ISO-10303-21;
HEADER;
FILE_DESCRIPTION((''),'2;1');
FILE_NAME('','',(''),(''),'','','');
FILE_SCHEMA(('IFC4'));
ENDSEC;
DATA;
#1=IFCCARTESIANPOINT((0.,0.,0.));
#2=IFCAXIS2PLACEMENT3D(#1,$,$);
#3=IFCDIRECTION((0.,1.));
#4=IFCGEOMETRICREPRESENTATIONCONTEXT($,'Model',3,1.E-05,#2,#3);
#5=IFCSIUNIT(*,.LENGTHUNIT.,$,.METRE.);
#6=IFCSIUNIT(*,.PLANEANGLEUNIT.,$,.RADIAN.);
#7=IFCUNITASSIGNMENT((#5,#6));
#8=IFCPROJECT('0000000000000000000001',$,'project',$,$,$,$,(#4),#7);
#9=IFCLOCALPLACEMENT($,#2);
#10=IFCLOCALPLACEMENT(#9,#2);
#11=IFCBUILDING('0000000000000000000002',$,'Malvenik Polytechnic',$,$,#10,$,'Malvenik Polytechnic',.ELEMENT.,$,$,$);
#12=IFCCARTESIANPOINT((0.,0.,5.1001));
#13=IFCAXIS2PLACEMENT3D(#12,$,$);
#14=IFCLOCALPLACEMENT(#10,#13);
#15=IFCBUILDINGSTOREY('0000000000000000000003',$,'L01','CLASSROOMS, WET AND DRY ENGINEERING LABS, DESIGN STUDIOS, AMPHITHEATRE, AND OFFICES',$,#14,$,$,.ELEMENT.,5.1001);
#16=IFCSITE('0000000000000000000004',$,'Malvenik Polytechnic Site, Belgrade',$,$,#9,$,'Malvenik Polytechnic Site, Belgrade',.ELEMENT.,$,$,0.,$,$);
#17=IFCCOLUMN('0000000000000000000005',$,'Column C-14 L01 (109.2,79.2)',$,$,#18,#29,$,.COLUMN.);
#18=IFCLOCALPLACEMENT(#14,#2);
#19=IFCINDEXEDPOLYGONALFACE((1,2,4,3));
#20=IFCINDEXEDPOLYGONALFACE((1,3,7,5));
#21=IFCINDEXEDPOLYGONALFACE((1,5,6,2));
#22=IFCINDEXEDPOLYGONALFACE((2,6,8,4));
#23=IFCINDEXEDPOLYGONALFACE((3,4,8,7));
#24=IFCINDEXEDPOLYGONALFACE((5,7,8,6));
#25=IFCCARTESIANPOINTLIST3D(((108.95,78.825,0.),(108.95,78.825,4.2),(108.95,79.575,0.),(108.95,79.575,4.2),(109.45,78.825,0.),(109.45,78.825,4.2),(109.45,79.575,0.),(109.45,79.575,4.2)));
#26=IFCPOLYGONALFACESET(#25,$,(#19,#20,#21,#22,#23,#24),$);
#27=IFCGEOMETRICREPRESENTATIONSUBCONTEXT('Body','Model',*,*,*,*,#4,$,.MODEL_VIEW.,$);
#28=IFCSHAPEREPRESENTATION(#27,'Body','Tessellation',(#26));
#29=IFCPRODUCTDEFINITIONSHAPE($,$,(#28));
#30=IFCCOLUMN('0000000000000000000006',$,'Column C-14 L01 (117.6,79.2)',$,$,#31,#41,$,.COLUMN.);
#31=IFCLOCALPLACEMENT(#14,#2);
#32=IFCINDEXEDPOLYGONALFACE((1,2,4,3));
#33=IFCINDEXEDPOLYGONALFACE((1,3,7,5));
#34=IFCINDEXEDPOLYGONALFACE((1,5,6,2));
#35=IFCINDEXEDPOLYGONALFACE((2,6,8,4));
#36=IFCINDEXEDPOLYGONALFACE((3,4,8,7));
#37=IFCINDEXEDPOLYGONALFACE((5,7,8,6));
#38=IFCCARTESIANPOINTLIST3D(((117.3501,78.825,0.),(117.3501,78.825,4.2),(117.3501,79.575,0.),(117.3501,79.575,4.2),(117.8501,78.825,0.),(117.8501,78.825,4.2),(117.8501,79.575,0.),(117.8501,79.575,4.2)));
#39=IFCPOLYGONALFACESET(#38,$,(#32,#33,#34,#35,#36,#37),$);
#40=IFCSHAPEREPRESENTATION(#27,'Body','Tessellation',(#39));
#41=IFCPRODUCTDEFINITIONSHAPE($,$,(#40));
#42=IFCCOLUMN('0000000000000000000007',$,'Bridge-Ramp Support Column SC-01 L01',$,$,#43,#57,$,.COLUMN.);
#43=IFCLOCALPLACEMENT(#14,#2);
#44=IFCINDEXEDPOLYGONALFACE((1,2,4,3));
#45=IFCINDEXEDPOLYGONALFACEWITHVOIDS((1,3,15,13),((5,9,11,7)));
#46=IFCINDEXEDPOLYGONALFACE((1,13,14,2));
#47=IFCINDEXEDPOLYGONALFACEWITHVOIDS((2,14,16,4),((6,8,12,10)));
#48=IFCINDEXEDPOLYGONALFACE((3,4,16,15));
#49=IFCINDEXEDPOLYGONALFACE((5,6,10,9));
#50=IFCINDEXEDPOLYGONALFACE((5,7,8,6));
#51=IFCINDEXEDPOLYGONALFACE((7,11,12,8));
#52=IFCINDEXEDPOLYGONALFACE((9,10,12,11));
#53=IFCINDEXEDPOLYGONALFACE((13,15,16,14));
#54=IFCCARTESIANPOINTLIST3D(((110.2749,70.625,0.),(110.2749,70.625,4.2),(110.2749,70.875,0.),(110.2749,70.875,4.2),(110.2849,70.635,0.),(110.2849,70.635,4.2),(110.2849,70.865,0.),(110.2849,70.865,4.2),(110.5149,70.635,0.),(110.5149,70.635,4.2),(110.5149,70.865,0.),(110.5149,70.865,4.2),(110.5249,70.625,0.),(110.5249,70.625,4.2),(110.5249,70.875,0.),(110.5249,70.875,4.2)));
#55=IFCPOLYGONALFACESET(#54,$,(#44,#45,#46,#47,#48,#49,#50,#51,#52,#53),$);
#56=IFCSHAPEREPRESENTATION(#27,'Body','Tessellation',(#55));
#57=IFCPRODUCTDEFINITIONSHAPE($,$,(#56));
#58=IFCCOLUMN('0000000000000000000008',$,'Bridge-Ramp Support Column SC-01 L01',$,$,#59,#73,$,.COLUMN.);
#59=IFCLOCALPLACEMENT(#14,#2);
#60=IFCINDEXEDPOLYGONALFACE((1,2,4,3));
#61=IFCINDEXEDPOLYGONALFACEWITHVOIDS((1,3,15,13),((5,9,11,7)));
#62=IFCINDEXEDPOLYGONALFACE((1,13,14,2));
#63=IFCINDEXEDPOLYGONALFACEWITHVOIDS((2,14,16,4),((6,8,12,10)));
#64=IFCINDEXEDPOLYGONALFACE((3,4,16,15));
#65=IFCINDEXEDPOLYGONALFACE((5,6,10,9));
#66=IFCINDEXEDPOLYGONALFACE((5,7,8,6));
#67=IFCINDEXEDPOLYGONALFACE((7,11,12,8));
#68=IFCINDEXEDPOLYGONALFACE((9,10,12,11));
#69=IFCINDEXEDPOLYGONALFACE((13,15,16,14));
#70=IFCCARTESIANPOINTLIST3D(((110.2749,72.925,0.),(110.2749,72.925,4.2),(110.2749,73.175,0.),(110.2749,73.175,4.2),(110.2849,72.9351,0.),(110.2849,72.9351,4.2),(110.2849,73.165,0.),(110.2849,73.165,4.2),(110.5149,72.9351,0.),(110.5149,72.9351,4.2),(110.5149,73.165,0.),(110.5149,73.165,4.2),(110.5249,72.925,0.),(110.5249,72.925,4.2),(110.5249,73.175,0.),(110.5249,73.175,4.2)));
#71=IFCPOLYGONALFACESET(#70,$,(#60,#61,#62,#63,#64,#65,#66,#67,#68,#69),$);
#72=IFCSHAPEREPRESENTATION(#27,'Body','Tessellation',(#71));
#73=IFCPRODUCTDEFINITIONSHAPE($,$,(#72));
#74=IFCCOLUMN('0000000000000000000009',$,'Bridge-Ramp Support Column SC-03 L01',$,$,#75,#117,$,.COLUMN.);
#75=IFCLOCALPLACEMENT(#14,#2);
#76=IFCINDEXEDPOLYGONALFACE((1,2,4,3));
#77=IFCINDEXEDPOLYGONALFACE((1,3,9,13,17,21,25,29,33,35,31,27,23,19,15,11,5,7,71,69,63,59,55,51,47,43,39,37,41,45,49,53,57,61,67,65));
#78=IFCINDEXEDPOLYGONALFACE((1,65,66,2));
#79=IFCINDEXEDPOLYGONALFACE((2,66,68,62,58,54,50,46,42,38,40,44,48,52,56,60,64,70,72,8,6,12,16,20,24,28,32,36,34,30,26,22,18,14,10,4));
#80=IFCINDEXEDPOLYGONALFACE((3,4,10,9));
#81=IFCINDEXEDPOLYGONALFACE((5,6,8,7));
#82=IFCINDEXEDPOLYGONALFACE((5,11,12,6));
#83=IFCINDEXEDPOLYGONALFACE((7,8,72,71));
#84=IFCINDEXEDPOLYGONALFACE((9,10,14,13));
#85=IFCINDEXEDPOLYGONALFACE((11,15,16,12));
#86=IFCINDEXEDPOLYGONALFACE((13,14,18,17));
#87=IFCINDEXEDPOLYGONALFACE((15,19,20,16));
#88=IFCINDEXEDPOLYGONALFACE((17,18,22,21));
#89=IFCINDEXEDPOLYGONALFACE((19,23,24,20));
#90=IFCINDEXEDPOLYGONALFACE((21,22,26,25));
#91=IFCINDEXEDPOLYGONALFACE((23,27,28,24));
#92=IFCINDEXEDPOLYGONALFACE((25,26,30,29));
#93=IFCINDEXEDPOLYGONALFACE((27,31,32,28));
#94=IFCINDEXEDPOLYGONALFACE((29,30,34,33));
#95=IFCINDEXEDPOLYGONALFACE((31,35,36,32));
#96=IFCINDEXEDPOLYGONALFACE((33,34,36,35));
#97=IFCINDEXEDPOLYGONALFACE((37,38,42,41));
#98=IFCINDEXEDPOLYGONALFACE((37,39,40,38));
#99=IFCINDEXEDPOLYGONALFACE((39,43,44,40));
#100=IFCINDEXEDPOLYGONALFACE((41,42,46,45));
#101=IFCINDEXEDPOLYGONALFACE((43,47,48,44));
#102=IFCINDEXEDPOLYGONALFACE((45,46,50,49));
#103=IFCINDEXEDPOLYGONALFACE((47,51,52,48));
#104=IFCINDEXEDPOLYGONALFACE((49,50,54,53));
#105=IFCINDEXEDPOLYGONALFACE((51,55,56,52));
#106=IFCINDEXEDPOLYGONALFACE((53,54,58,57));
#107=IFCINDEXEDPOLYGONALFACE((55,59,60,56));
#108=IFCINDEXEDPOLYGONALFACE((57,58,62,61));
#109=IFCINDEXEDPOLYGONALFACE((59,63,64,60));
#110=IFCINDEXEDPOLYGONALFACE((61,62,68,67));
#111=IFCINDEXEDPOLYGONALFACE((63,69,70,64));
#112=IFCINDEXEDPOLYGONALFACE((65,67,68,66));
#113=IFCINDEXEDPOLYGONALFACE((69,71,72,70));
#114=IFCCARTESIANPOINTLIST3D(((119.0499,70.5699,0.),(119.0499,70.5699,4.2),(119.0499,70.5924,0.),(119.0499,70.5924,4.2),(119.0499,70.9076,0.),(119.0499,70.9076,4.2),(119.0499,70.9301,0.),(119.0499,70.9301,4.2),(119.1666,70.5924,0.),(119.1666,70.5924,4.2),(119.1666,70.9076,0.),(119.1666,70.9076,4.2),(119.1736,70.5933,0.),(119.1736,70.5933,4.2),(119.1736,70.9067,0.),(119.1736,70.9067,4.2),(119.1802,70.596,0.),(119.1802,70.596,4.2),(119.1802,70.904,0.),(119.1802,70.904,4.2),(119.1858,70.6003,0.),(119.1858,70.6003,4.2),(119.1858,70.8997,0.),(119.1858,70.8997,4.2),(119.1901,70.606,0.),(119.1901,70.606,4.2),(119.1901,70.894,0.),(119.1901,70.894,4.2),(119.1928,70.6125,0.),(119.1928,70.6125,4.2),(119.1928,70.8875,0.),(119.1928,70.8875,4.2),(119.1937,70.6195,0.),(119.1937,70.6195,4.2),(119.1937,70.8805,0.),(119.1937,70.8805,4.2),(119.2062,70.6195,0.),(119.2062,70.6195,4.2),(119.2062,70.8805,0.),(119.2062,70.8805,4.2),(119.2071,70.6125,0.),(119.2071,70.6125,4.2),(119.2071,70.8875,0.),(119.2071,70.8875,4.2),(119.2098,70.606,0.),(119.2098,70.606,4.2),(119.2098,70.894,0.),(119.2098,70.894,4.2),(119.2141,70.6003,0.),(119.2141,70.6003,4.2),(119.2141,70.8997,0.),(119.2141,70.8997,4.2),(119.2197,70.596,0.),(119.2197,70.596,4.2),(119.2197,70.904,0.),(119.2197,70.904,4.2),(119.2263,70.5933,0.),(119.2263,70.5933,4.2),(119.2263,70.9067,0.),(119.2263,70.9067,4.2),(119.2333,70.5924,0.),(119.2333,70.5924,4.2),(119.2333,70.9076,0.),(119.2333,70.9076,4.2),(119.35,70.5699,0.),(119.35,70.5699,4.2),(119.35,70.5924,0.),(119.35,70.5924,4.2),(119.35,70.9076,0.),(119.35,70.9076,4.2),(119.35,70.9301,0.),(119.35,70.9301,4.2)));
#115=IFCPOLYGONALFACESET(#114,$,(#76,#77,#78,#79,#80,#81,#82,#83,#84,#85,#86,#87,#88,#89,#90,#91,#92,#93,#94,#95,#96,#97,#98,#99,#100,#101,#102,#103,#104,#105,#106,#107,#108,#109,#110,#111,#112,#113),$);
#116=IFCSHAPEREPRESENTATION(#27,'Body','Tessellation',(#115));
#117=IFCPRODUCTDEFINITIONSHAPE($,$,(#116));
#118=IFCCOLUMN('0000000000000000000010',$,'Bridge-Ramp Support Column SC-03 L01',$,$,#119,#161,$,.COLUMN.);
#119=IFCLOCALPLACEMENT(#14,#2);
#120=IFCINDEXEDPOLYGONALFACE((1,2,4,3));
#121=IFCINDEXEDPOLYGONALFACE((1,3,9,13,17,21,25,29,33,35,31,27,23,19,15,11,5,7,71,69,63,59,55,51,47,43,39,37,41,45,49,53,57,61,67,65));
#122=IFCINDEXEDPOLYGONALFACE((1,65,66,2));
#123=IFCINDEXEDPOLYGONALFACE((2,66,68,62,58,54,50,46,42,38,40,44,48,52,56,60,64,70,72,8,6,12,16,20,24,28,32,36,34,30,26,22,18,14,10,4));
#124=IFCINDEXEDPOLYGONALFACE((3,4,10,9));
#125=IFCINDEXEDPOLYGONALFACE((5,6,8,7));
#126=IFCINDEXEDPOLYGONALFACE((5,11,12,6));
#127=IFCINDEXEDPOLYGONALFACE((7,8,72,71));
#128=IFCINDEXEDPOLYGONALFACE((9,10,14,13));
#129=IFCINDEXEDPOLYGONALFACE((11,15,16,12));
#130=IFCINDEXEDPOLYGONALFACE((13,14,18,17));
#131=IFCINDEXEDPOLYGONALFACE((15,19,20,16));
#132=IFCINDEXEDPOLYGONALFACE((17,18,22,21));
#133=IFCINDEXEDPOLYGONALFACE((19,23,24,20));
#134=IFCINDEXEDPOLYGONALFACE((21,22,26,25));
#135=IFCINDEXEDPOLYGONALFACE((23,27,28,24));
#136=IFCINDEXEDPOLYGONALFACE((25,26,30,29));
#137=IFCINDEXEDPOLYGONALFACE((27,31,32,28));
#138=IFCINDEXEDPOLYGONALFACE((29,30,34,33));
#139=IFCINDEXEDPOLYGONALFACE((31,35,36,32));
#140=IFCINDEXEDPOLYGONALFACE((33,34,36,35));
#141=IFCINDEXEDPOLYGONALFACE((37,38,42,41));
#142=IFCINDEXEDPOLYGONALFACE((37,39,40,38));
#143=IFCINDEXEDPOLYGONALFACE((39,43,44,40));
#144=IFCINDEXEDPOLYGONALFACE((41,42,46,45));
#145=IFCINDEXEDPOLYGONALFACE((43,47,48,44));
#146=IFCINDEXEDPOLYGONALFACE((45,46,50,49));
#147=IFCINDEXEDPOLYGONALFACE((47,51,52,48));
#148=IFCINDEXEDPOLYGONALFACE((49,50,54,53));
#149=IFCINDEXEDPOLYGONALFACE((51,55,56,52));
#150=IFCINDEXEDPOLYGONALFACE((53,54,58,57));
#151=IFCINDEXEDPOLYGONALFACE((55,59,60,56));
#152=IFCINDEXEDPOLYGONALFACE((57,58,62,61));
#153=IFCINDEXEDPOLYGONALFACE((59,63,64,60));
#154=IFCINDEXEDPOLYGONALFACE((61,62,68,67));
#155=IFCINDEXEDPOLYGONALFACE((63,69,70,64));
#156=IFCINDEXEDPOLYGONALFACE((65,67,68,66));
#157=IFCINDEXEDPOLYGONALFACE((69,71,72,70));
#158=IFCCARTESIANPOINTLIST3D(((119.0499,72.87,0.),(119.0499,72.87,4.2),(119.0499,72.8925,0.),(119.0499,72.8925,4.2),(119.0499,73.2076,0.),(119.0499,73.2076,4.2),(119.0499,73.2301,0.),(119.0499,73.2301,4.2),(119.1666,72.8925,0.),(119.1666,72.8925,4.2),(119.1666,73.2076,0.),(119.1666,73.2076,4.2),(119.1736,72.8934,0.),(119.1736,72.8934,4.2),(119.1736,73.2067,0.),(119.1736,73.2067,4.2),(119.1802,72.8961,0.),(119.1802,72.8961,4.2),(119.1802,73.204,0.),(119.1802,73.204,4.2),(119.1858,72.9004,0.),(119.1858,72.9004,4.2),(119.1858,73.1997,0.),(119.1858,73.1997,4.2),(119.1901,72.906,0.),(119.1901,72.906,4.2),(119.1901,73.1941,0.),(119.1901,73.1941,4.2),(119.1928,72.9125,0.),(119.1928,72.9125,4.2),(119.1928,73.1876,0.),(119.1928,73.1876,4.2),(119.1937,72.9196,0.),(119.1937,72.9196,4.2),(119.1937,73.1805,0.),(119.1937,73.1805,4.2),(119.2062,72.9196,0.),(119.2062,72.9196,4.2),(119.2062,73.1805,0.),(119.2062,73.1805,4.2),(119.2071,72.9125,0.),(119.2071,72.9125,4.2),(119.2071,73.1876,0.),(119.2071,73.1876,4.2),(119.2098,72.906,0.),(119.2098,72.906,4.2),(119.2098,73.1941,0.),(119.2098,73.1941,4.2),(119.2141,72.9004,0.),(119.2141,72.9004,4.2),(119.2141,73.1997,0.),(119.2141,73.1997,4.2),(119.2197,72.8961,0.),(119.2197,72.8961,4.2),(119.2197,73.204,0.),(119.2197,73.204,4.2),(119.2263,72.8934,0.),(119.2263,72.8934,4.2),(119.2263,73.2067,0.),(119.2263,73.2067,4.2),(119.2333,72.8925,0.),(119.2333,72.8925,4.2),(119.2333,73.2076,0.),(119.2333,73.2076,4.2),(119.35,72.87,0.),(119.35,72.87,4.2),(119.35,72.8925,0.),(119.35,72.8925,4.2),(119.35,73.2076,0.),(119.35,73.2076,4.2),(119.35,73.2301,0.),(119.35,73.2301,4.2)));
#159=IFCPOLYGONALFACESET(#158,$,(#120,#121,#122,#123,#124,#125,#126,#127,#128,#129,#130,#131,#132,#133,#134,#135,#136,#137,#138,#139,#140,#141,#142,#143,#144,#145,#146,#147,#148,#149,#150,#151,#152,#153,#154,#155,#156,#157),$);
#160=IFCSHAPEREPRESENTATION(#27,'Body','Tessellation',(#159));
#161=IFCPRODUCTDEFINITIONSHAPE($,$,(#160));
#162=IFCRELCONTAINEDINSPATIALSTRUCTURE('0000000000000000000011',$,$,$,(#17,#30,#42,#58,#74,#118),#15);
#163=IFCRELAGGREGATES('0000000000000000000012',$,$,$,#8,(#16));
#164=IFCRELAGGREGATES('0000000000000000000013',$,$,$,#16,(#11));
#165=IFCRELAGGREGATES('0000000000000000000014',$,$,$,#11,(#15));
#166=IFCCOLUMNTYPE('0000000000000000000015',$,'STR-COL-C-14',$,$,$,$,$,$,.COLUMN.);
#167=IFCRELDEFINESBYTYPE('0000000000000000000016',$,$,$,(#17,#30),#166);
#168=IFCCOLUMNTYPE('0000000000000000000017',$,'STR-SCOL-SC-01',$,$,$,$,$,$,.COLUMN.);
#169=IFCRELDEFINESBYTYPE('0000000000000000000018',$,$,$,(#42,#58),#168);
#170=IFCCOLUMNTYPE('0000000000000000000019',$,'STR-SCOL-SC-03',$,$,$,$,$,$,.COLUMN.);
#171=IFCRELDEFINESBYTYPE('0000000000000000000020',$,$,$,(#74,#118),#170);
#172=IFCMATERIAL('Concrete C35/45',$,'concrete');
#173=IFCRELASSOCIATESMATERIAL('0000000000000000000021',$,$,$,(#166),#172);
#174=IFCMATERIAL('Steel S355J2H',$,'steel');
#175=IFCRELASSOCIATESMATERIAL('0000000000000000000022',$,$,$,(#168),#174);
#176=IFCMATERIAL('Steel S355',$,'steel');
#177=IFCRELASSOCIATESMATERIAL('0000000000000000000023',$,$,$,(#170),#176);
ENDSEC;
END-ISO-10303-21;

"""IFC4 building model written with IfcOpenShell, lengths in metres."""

from ifc_helpers import new_model, si_unit, direction, frame, origin, origin_2d, place, context, subcontext, project, spatial, rectangle, hollow_rectangle, i_section, extrude, material, material_profile, profile_set, type_object, element, save


model = new_model("IFC4")

# Units and contexts
model_context = context("Model", 3, precision=1e-05, world=origin(), true_north=direction((0.0, 1.0)))
body_context = subcontext(model_context, "Body", "Model", "MODEL_VIEW")
ifc_project = project(units=[si_unit("LENGTHUNIT", "METRE"), si_unit("PLANEANGLEUNIT", "RADIAN")], contexts=[model_context])

# Site, building, storey
site_placement = place(None, origin())
site = spatial("IfcSite", under=ifc_project, at=site_placement, Name="Malvenik Polytechnic Site, Belgrade", LongName="Malvenik Polytechnic Site, Belgrade", CompositionType="ELEMENT", RefElevation=0.0)
building_placement = place(site_placement, origin())
building = spatial("IfcBuilding", under=site, at=building_placement, Name="Malvenik Polytechnic", LongName="Malvenik Polytechnic", CompositionType="ELEMENT")
storey_placement = place(building_placement, frame((0.0, 0.0, 5.1001)))
storey = spatial("IfcBuildingStorey", under=building, at=storey_placement, Name="L01", Description="CLASSROOMS, WET AND DRY ENGINEERING LABS, DESIGN STUDIOS, AMPHITHEATRE, AND OFFICES", CompositionType="ELEMENT", Elevation=5.1001)

# Columns
ifc_material_1 = material(Name="Concrete C35/45", Category="concrete")
ifc_material_profile_1 = material_profile(ifc_material_1, rectangle(XDim=0.5, YDim=0.75, at=origin_2d()), Name="RC COL 750x500")
ifc_profile_set_1 = profile_set([ifc_material_profile_1], Name="Concrete C35/45")
column_type_1 = type_object("IfcColumnType", Name="STR-COL-C-14", PredefinedType="COLUMN", material=ifc_profile_set_1)
for number, where, z_axis, x_axis, name in (
    (1, (109.2, 79.2, 0.0), (0.0, 0.0, 1.0), (1.0, 0.0, 0.0), "Column C-14 L01 (109.2,79.2)"),
    (2, (117.6001, 79.2, 0.0), (0.0, 0.0, 1.0), (1.0, 0.0, 0.0), "Column C-14 L01 (117.6,79.2)"),
):
    element("IfcColumn", number, at=place(storey_placement, frame(where, z_axis=z_axis, x_axis=x_axis)), inside=storey, type_object=column_type_1, Name=name, PredefinedType="COLUMN", context=body_context, shape_type="SweptSolid", body=[
        extrude(rectangle(XDim=0.5, YDim=0.75, at=origin_2d()), origin(), (0.0, 0.0, 1.0), 4.2),
    ])
ifc_material_2 = material(Name="Steel S355J2H", Category="steel")
ifc_material_profile_2 = material_profile(ifc_material_2, hollow_rectangle(XDim=0.25, YDim=0.25, WallThickness=0.01, at=origin_2d()), Name="SHS 250x250x10.0")
ifc_profile_set_2 = profile_set([ifc_material_profile_2], Name="Steel S355J2H")
column_type_2 = type_object("IfcColumnType", Name="STR-SCOL-SC-01", PredefinedType="COLUMN", material=ifc_profile_set_2)
for number, where, z_axis, x_axis, name in (
    (3, (110.3999, 70.75, 0.0), (0.0, 0.0, 1.0), (1.0, 0.0, 0.0), "Bridge-Ramp Support Column SC-01 L01"),
    (4, (110.3999, 73.05, 0.0), (0.0, 0.0, 1.0), (1.0, 0.0, 0.0), "Bridge-Ramp Support Column SC-01 L01"),
):
    element("IfcColumn", number, at=place(storey_placement, frame(where, z_axis=z_axis, x_axis=x_axis)), inside=storey, type_object=column_type_2, Name=name, PredefinedType="COLUMN", context=body_context, shape_type="SweptSolid", body=[
        extrude(hollow_rectangle(XDim=0.25, YDim=0.25, WallThickness=0.01, at=origin_2d()), origin(), (0.0, 0.0, 1.0), 4.2),
    ])
ifc_material_3 = material(Name="Steel S355", Category="steel")
ifc_material_profile_3 = material_profile(ifc_material_3, i_section(OverallWidth=0.3, OverallDepth=0.3601, WebThickness=0.0125, FlangeThickness=0.0225, FilletRadius=0.0271, at=origin_2d()), Name="HEB 360")
ifc_profile_set_3 = profile_set([ifc_material_profile_3], Name="Steel S355")
column_type_3 = type_object("IfcColumnType", Name="STR-SCOL-SC-03", PredefinedType="COLUMN", material=ifc_profile_set_3)
for number, where, z_axis, x_axis, name in (
    (5, (119.2, 70.75, 0.0), (0.0, 0.0, 1.0), (1.0, 0.0, 0.0), "Bridge-Ramp Support Column SC-03 L01"),
    (6, (119.2, 73.05, 0.0), (0.0, 0.0, 1.0), (1.0, 0.0, 0.0), "Bridge-Ramp Support Column SC-03 L01"),
):
    element("IfcColumn", number, at=place(storey_placement, frame(where, z_axis=z_axis, x_axis=x_axis)), inside=storey, type_object=column_type_3, Name=name, PredefinedType="COLUMN", context=body_context, shape_type="SweptSolid", body=[
        extrude(i_section(OverallWidth=0.3, OverallDepth=0.3601, WebThickness=0.0125, FlangeThickness=0.0225, FilletRadius=0.0271, at=origin_2d()), origin(), (0.0, 0.0, 1.0), 4.2),
    ])

save(model, "model.ifc")
